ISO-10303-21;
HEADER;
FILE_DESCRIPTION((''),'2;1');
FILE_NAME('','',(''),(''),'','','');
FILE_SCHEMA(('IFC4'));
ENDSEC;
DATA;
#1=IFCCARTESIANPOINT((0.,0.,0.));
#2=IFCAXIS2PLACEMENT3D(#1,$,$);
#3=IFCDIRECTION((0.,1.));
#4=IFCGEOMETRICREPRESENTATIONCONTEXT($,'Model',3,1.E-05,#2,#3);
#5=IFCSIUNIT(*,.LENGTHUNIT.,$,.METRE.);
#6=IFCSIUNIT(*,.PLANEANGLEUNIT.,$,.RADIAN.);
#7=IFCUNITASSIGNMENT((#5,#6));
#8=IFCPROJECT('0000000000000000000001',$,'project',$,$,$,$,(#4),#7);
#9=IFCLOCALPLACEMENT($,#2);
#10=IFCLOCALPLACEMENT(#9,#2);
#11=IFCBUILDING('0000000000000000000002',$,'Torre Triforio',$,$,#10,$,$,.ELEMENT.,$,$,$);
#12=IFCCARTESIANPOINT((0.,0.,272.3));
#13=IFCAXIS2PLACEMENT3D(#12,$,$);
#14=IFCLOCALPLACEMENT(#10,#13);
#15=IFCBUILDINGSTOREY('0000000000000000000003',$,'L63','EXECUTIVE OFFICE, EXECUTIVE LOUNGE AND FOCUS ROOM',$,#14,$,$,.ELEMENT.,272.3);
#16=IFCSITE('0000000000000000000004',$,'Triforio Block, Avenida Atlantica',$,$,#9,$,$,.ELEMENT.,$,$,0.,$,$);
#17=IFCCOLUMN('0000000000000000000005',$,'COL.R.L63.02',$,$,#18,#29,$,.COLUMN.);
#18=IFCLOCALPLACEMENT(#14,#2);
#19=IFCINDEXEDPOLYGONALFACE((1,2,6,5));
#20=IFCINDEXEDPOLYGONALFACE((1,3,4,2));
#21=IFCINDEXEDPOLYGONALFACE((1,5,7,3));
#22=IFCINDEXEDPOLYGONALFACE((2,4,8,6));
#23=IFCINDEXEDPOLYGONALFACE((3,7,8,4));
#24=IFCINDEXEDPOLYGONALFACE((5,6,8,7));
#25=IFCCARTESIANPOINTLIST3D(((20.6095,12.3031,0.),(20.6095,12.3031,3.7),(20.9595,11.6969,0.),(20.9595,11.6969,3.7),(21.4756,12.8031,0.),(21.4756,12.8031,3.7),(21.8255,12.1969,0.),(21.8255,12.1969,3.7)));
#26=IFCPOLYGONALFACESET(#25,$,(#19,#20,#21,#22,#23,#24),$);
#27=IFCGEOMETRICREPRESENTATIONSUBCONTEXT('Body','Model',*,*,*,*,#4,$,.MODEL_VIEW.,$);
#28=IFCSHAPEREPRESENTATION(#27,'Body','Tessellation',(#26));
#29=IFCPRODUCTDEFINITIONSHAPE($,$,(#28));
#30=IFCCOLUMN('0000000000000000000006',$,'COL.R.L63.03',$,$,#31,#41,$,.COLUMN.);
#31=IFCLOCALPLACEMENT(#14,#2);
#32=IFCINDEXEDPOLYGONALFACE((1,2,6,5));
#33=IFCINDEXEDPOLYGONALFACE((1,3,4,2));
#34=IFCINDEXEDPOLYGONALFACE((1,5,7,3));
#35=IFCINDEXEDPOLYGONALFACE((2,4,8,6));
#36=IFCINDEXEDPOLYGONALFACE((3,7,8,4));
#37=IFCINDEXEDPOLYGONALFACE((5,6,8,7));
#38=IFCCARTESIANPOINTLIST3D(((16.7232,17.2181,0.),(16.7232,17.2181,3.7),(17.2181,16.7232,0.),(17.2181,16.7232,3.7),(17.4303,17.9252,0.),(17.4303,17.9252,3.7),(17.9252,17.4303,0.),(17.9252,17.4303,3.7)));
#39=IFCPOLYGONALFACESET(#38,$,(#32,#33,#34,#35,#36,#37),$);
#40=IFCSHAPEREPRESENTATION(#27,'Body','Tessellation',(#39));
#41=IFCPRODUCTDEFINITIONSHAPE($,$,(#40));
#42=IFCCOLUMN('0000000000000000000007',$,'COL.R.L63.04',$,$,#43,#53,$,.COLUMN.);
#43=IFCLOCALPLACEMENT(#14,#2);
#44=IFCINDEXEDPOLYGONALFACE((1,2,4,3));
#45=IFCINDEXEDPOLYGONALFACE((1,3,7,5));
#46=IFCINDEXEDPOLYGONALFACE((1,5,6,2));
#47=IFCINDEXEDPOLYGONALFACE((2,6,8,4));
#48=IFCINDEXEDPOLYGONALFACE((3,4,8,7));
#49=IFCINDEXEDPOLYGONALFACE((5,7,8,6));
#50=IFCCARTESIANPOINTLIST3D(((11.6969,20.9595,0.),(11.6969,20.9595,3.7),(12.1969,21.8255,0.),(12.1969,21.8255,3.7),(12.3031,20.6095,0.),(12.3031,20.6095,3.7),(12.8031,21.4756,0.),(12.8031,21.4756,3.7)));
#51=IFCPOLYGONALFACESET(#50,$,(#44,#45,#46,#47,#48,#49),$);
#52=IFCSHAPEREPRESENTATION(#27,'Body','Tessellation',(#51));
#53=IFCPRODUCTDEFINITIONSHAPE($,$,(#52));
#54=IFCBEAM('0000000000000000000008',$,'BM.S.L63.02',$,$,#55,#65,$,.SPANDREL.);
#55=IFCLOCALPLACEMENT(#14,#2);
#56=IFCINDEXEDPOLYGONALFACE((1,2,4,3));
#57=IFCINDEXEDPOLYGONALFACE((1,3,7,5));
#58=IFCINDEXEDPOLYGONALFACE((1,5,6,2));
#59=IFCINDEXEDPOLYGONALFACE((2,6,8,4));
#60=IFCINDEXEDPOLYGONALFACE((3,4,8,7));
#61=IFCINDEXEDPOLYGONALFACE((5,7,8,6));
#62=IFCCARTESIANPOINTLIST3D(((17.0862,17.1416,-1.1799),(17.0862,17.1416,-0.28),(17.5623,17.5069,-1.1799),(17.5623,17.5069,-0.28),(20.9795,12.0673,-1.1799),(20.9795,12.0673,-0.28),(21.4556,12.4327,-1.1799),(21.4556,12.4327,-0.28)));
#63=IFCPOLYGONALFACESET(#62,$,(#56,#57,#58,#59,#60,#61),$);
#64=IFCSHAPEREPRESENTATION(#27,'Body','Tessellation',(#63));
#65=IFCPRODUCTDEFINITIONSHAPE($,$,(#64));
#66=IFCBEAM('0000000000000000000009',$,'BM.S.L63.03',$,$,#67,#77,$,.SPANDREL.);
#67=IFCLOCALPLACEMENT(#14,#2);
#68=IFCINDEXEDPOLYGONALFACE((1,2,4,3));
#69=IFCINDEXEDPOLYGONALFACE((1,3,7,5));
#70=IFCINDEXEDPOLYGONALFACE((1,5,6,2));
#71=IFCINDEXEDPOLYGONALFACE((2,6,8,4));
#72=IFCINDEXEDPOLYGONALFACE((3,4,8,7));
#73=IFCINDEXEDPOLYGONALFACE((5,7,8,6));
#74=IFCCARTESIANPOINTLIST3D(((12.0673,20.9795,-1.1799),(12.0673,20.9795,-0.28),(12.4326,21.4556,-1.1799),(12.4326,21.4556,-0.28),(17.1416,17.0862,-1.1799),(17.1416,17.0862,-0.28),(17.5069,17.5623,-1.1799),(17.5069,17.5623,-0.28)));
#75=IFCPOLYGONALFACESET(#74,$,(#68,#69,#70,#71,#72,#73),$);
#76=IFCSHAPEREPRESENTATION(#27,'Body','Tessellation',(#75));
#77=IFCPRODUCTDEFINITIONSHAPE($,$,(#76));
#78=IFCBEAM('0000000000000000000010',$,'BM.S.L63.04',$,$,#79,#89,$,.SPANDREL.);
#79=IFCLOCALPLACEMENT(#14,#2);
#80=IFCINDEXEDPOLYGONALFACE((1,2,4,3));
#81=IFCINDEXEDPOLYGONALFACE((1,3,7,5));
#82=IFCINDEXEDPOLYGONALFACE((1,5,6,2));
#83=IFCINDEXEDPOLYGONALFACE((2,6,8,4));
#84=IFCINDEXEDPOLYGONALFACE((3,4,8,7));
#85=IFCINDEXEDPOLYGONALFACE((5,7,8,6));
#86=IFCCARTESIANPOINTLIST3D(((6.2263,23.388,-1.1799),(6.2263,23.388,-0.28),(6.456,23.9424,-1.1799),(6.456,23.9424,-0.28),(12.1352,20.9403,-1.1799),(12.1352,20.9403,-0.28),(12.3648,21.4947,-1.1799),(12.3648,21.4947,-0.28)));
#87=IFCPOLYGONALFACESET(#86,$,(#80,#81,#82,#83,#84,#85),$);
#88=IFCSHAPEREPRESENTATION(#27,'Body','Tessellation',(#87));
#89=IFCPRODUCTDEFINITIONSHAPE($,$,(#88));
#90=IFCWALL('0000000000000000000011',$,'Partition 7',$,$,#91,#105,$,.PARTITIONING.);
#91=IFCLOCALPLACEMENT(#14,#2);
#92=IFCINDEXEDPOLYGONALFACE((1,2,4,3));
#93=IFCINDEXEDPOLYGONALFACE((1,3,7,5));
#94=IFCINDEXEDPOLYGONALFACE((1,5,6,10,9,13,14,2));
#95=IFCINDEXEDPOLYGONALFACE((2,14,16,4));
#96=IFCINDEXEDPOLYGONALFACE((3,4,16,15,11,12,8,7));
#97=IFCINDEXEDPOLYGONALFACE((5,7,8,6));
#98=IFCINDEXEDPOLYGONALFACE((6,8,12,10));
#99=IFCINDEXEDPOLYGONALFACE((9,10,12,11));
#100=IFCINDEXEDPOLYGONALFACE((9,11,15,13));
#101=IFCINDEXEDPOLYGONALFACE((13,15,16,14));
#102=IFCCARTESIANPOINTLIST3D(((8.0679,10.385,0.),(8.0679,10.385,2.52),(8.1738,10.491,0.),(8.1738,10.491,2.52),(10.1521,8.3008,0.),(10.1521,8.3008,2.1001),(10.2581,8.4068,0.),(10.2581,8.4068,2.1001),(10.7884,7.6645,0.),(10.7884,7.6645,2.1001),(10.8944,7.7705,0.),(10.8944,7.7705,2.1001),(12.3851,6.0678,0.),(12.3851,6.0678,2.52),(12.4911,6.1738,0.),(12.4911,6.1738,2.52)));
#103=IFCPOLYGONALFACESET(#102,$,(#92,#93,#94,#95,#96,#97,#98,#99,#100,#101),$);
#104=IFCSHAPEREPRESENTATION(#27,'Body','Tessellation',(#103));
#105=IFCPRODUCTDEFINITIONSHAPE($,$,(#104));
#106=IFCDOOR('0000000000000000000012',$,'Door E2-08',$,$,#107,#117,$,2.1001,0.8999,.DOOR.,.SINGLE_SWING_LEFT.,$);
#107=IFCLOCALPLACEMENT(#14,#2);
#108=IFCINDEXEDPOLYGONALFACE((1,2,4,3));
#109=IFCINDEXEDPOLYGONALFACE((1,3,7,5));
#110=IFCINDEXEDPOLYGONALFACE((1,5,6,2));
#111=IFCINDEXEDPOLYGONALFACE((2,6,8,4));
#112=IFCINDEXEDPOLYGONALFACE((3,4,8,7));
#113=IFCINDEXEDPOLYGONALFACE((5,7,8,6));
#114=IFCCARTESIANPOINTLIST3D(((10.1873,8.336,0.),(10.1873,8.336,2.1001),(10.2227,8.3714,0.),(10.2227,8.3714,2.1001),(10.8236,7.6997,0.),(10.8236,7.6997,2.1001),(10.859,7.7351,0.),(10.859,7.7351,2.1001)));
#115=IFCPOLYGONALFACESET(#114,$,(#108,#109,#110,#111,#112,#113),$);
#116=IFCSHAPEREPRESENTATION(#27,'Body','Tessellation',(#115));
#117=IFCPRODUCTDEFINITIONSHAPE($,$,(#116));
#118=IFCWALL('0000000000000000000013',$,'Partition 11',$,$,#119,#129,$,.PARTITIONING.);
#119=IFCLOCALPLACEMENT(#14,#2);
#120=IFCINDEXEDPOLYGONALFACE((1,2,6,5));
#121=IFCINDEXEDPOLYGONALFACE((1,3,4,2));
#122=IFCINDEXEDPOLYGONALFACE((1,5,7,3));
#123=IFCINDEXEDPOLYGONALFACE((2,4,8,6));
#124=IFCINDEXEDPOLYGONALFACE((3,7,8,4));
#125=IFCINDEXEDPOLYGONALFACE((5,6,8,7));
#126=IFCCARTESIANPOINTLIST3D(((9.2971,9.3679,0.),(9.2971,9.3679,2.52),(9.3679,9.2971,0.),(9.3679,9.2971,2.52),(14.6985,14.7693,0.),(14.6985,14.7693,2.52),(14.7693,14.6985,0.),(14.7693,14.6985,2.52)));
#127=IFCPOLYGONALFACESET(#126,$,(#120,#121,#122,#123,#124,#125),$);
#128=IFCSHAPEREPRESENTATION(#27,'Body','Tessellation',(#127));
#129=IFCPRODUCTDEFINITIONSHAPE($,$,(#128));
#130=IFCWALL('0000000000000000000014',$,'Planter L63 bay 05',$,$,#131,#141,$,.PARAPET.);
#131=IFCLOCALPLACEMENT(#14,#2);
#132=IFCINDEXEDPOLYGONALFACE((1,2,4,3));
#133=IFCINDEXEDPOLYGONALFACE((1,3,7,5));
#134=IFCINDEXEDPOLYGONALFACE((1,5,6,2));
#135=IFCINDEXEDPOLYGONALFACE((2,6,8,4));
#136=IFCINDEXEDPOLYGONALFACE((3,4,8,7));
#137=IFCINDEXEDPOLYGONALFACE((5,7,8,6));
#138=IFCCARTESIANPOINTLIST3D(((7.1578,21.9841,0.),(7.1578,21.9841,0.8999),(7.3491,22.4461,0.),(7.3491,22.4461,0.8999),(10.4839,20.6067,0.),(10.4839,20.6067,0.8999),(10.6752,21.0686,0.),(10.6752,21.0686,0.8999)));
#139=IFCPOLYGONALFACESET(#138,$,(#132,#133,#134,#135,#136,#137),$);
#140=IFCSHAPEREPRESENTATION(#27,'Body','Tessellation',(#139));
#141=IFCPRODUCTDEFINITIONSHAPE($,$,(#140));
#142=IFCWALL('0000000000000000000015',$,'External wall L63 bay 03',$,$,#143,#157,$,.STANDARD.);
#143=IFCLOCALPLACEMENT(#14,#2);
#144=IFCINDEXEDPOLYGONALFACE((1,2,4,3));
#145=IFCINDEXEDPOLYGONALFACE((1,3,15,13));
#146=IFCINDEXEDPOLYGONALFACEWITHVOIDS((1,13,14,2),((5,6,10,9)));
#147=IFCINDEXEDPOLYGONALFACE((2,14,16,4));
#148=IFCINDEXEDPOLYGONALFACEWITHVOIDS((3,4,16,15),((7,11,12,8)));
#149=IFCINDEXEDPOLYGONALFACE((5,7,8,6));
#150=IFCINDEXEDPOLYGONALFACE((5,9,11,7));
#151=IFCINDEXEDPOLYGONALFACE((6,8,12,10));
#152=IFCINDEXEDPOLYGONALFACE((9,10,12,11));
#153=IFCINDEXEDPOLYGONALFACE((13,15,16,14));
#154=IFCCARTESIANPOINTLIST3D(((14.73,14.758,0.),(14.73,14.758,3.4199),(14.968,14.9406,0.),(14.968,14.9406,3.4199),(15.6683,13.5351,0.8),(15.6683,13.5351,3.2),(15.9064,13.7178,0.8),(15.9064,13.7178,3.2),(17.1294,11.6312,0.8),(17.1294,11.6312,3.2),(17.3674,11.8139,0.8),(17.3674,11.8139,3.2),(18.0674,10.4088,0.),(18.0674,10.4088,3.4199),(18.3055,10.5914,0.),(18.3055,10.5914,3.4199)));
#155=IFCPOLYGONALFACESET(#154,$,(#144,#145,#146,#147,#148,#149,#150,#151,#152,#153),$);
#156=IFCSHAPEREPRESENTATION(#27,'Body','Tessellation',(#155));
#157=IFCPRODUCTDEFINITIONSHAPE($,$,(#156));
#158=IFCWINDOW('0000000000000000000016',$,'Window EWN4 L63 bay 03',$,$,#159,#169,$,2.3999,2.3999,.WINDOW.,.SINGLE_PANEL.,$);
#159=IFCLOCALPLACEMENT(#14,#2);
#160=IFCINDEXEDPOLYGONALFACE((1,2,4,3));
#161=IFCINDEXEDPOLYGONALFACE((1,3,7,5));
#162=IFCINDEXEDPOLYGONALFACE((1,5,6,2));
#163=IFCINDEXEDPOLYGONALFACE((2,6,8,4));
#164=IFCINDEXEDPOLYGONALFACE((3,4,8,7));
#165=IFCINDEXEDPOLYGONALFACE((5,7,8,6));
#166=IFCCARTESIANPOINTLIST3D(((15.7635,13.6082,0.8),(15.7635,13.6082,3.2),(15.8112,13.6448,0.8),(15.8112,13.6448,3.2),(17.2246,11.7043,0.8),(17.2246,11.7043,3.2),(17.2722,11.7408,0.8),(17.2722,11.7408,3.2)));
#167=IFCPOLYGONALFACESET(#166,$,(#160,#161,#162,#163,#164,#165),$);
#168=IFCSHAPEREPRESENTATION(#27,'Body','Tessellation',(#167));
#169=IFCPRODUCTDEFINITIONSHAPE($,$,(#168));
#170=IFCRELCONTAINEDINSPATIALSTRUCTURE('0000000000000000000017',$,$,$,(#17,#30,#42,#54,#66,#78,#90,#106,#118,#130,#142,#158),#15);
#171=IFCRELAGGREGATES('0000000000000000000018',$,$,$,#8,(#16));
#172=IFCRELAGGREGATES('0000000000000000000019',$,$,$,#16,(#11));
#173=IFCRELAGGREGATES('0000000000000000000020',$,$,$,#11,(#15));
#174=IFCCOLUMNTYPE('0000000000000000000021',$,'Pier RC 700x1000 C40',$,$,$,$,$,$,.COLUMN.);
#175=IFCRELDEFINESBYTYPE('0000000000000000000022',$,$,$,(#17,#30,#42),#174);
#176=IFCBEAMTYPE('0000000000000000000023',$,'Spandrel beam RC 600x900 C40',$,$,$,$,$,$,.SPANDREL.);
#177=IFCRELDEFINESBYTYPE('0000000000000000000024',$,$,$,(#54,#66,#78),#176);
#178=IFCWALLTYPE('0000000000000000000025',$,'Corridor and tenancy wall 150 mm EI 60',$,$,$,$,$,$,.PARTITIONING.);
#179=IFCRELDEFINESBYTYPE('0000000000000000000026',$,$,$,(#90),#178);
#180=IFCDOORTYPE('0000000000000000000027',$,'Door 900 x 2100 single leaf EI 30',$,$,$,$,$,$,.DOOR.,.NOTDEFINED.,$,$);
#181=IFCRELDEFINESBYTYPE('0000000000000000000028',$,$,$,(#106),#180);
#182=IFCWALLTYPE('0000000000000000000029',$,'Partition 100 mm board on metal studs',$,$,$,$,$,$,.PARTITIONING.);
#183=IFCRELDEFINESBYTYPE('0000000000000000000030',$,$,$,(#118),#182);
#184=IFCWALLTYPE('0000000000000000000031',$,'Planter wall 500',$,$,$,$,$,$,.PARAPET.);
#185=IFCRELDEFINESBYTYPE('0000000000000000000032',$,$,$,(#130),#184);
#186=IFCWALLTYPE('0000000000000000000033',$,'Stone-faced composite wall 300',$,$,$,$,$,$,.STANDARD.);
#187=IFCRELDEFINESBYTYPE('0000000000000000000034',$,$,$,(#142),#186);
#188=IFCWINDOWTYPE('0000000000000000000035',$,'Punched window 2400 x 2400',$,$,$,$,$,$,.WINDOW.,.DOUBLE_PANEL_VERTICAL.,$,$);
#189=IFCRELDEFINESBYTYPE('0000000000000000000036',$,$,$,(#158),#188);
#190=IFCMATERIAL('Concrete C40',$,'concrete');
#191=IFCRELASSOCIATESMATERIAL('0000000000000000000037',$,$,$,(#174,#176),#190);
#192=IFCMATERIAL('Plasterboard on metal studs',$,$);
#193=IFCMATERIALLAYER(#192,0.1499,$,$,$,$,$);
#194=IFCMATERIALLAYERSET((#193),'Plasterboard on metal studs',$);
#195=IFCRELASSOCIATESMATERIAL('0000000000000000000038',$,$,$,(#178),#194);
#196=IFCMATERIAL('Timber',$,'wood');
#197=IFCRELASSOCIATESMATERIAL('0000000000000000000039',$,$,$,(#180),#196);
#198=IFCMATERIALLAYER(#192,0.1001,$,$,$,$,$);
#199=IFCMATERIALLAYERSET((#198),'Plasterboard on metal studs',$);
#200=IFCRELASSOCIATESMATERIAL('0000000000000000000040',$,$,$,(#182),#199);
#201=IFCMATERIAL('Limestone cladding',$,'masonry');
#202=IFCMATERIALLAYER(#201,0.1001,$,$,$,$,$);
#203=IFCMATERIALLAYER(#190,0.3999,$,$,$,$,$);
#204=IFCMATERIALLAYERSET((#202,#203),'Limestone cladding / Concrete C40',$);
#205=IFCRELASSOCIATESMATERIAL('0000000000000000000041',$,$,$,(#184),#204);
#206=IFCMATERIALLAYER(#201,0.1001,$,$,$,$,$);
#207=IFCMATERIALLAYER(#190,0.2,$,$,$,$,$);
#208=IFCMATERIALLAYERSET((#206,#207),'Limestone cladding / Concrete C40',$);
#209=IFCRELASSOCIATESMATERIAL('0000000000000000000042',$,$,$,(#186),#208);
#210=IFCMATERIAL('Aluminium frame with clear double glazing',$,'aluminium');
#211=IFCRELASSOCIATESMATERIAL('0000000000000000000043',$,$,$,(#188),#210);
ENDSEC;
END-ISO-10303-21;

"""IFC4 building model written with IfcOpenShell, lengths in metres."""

from ifc_helpers import new_model, si_unit, direction, frame, frame_2d, origin, origin_2d, place, context, subcontext, project, spatial, rectangle, extrude, material, layer, layer_set, material_profile, profile_set, type_object, element, fill, save


model = new_model("IFC4")

# Units and contexts
model_context = context("Model", 3, precision=1e-05, world=origin(), true_north=direction((0.0, 1.0)))
body_context = subcontext(model_context, "Body", "Model", "MODEL_VIEW")
ifc_project = project(units=[si_unit("LENGTHUNIT", "METRE"), si_unit("PLANEANGLEUNIT", "RADIAN")], contexts=[model_context])

# Site, building, storey
site_placement = place(None, origin())
site = spatial("IfcSite", under=ifc_project, at=site_placement, Name="Triforio Block, Avenida Atlantica", CompositionType="ELEMENT", RefElevation=0.0)
building_placement = place(site_placement, origin())
building = spatial("IfcBuilding", under=site, at=building_placement, Name="Torre Triforio", CompositionType="ELEMENT")
storey_placement = place(building_placement, frame((0.0, 0.0, 272.3)))
storey = spatial("IfcBuildingStorey", under=building, at=storey_placement, Name="L63", Description="EXECUTIVE OFFICE, EXECUTIVE LOUNGE AND FOCUS ROOM", CompositionType="ELEMENT", Elevation=272.3)

# Columns
ifc_material_1 = material(Name="Concrete C40", Category="concrete")
ifc_material_profile_1 = material_profile(ifc_material_1, rectangle(XDim=0.7, YDim=1.0, at=origin_2d()), Name="RC 700x1000")
ifc_profile_set_1 = profile_set([ifc_material_profile_1], Name="Concrete C40")
column_type = type_object("IfcColumnType", Name="Pier RC 700x1000 C40", PredefinedType="COLUMN", material=ifc_profile_set_1)
for number, where, z_axis, x_axis, name in (
    (1, (21.2175, 12.25, 0.0), (0.0, 0.0, 1.0), (-0.5, 0.866025, 0.0), "COL.R.L63.02"),
    (2, (17.3242, 17.3242, 0.0), (0.0, 0.0, 1.0), (-0.707107, 0.707107, 0.0), "COL.R.L63.03"),
    (3, (12.25, 21.2175, 0.0), (0.0, 0.0, 1.0), (-0.866025, 0.5, 0.0), "COL.R.L63.04"),
):
    element("IfcColumn", number, at=place(storey_placement, frame(where, z_axis=z_axis, x_axis=x_axis)), inside=storey, type_object=column_type, Name=name, PredefinedType="COLUMN", context=body_context, shape_type="SweptSolid", body=[
        extrude(rectangle(XDim=0.7, YDim=1.0, at=origin_2d()), origin(), (0.0, 0.0, 1.0), 3.7),
    ])

# Beams
ifc_material_profile_2 = material_profile(ifc_material_1, rectangle(XDim=0.6001, YDim=0.8999, at=origin_2d()), Name="RC 600x900")
ifc_profile_set_2 = profile_set([ifc_material_profile_2], Name="Concrete C40")
beam_type = type_object("IfcBeamType", Name="Spandrel beam RC 600x900 C40", PredefinedType="SPANDREL", material=ifc_profile_set_2)
for number, where, z_axis, x_axis, name in (
    (4, (21.2175, 12.25, -0.73), (-0.608734, 0.793374, 0.0), (-0.793374, -0.608734, 0.0), "BM.S.L63.02"),
    (5, (17.3242, 17.3242, -0.73), (-0.793374, 0.608734, 0.0), (-0.608734, -0.793374, 0.0), "BM.S.L63.03"),
    (6, (12.25, 21.2175, -0.73), (-0.923869, 0.382709, 0.0), (-0.382709, -0.923869, 0.0), "BM.S.L63.04"),
):
    element("IfcBeam", number, at=place(storey_placement, frame(where, z_axis=z_axis, x_axis=x_axis)), inside=storey, type_object=beam_type, Name=name, PredefinedType="SPANDREL", context=body_context, shape_type="SweptSolid", body=[
        extrude(rectangle(XDim=0.6001, YDim=0.8999, at=origin_2d()), origin(), (0.0, 0.0, 1.0), 6.3958),
    ])

# Wall, opening, door
ifc_material_2 = material(Name="Plasterboard on metal studs")
ifc_layer_1 = layer(ifc_material_2, 0.1499)
ifc_layer_set_1 = layer_set([ifc_layer_1], Name="Plasterboard on metal studs")
wall_type_1 = type_object("IfcWallType", Name="Corridor and tenancy wall 150 mm EI 60", PredefinedType="PARTITIONING", material=ifc_layer_set_1)
wall_1_placement = place(storey_placement, frame((8.1208, 10.438, 0.0), z_axis=(0.0, 0.0, 1.0), x_axis=(0.707107, -0.707107, 0.0)))
wall_1 = element("IfcWall", 7, at=wall_1_placement, inside=storey, type_object=wall_type_1, Name="Partition 7", PredefinedType="PARTITIONING", context=body_context, shape_type="SweptSolid", body=[
    extrude(rectangle(XDim=6.1055, YDim=0.1499, at=frame_2d((3.0527, 0.0))), origin(), (0.0, 0.0, 1.0), 2.52),
])
opening_1_placement = place(wall_1_placement, frame((2.9475, 0.0, 0.0)))
opening_1 = element("IfcOpeningElement", 8, at=opening_1_placement, cuts=wall_1, PredefinedType="OPENING", context=body_context, shape_type="SweptSolid", body=[
    extrude(rectangle(XDim=0.8999, YDim=2.1001, at=frame_2d((0.45, 1.05))), frame((0.0, 0.085, 0.0), z_axis=(0.0, -1.0, 0.0), x_axis=(1.0, 0.0, 0.0)), (0.0, 0.0, 1.0), 0.1699),
])
ifc_material_3 = material(Name="Timber", Category="wood")
door_type_1 = type_object("IfcDoorType", Name="Door 900 x 2100 single leaf EI 30", OperationType="NOTDEFINED", PredefinedType="DOOR", material=ifc_material_3)
door_1_placement = place(opening_1_placement, origin())
door_1 = element("IfcDoor", 9, at=door_1_placement, inside=storey, type_object=door_type_1, Name="Door E2-08", OperationType="SINGLE_SWING_LEFT", OverallHeight=2.1001, OverallWidth=0.8999, PredefinedType="DOOR", context=body_context, shape_type="SweptSolid", body=[
    extrude(rectangle(XDim=0.8999, YDim=2.1001, at=frame_2d((0.45, 1.05))), frame((0.0, 0.0249, 0.0), z_axis=(0.0, -1.0, 0.0), x_axis=(1.0, 0.0, 0.0)), (0.0, 0.0, 1.0), 0.05),
])
fill(opening_1, door_1)

# Walls
ifc_layer_2 = layer(ifc_material_2, 0.1001)
ifc_layer_set_2 = layer_set([ifc_layer_2], Name="Plasterboard on metal studs")
wall_type_2 = type_object("IfcWallType", Name="Partition 100 mm board on metal studs", PredefinedType="PARTITIONING", material=ifc_layer_set_2)
wall_2_placement = place(storey_placement, frame((9.3325, 9.3325, 0.0), z_axis=(0.0, 0.0, 1.0), x_axis=(0.707107, 0.707107, 0.0)))
element("IfcWall", 10, at=wall_2_placement, inside=storey, type_object=wall_type_2, Name="Partition 11", PredefinedType="PARTITIONING", context=body_context, shape_type="SweptSolid", body=[
    extrude(rectangle(XDim=7.6387, YDim=0.1001, at=frame_2d((3.8193, 0.0))), origin(), (0.0, 0.0, 1.0), 2.52),
])
ifc_material_4 = material(Name="Limestone cladding", Category="masonry")
ifc_layer_3 = layer(ifc_material_4, 0.1001)
ifc_layer_4 = layer(ifc_material_1, 0.3999)
ifc_layer_set_3 = layer_set([ifc_layer_3, ifc_layer_4], Name="Limestone cladding / Concrete C40")
wall_type_3 = type_object("IfcWallType", Name="Planter wall 500", PredefinedType="PARAPET", material=ifc_layer_set_3)
wall_3_placement = place(storey_placement, frame((10.5796, 20.8376, 0.0), z_axis=(0.0, 0.0, 1.0), x_axis=(-0.923909, 0.382611, 0.0)))
element("IfcWall", 11, at=wall_3_placement, inside=storey, type_object=wall_type_3, Name="Planter L63 bay 05", PredefinedType="PARAPET", context=body_context, shape_type="SweptSolid", body=[
    extrude(rectangle(XDim=3.6001, YDim=0.5, at=frame_2d((1.8, 0.0))), origin(), (0.0, 0.0, 1.0), 0.8999),
])

# Wall, opening, window
ifc_layer_5 = layer(ifc_material_4, 0.1001)
ifc_layer_6 = layer(ifc_material_1, 0.2)
ifc_layer_set_4 = layer_set([ifc_layer_5, ifc_layer_6], Name="Limestone cladding / Concrete C40")
wall_type_4 = type_object("IfcWallType", Name="Stone-faced composite wall 300", PredefinedType="STANDARD", material=ifc_layer_set_4)
wall_4_placement = place(storey_placement, frame((18.1865, 10.5, 0.0), z_axis=(0.0, 0.0, 1.0), x_axis=(-0.608785, 0.793335, 0.0)))
wall_4 = element("IfcWall", 12, at=wall_4_placement, inside=storey, type_object=wall_type_4, Name="External wall L63 bay 03", PredefinedType="STANDARD", context=body_context, shape_type="SweptSolid", body=[
    extrude(rectangle(XDim=5.4822, YDim=0.3, at=frame_2d((2.7412, 0.0))), origin(), (0.0, 0.0, 1.0), 3.4199),
])
opening_2_placement = place(wall_4_placement, frame((1.541, 0.0, 0.8)))
opening_2 = element("IfcOpeningElement", 13, at=opening_2_placement, cuts=wall_4, PredefinedType="OPENING", context=body_context, shape_type="SweptSolid", body=[
    extrude(rectangle(XDim=2.3999, YDim=2.3999, at=frame_2d((1.2, 1.2))), frame((0.0, 0.1599, 0.0), z_axis=(0.0, -1.0, 0.0), x_axis=(1.0, 0.0, 0.0)), (0.0, 0.0, 1.0), 0.3201),
])
ifc_material_5 = material(Name="Aluminium frame with clear double glazing", Category="aluminium")
window_type_1 = type_object("IfcWindowType", Name="Punched window 2400 x 2400", PartitioningType="DOUBLE_PANEL_VERTICAL", PredefinedType="WINDOW", material=ifc_material_5)
window_1_placement = place(opening_2_placement, origin())
window_1 = element("IfcWindow", 14, at=window_1_placement, inside=storey, type_object=window_type_1, Name="Window EWN4 L63 bay 03", OverallHeight=2.3999, OverallWidth=2.3999, PartitioningType="SINGLE_PANEL", PredefinedType="WINDOW", context=body_context, shape_type="SweptSolid", body=[
    extrude(rectangle(XDim=2.3999, YDim=2.3999, at=frame_2d((1.2, 1.2))), frame((0.0, 0.03, 0.0), z_axis=(0.0, -1.0, 0.0), x_axis=(1.0, 0.0, 0.0)), (0.0, 0.0, 1.0), 0.0601),
])
fill(opening_2, window_1)

save(model, "model.ifc")
